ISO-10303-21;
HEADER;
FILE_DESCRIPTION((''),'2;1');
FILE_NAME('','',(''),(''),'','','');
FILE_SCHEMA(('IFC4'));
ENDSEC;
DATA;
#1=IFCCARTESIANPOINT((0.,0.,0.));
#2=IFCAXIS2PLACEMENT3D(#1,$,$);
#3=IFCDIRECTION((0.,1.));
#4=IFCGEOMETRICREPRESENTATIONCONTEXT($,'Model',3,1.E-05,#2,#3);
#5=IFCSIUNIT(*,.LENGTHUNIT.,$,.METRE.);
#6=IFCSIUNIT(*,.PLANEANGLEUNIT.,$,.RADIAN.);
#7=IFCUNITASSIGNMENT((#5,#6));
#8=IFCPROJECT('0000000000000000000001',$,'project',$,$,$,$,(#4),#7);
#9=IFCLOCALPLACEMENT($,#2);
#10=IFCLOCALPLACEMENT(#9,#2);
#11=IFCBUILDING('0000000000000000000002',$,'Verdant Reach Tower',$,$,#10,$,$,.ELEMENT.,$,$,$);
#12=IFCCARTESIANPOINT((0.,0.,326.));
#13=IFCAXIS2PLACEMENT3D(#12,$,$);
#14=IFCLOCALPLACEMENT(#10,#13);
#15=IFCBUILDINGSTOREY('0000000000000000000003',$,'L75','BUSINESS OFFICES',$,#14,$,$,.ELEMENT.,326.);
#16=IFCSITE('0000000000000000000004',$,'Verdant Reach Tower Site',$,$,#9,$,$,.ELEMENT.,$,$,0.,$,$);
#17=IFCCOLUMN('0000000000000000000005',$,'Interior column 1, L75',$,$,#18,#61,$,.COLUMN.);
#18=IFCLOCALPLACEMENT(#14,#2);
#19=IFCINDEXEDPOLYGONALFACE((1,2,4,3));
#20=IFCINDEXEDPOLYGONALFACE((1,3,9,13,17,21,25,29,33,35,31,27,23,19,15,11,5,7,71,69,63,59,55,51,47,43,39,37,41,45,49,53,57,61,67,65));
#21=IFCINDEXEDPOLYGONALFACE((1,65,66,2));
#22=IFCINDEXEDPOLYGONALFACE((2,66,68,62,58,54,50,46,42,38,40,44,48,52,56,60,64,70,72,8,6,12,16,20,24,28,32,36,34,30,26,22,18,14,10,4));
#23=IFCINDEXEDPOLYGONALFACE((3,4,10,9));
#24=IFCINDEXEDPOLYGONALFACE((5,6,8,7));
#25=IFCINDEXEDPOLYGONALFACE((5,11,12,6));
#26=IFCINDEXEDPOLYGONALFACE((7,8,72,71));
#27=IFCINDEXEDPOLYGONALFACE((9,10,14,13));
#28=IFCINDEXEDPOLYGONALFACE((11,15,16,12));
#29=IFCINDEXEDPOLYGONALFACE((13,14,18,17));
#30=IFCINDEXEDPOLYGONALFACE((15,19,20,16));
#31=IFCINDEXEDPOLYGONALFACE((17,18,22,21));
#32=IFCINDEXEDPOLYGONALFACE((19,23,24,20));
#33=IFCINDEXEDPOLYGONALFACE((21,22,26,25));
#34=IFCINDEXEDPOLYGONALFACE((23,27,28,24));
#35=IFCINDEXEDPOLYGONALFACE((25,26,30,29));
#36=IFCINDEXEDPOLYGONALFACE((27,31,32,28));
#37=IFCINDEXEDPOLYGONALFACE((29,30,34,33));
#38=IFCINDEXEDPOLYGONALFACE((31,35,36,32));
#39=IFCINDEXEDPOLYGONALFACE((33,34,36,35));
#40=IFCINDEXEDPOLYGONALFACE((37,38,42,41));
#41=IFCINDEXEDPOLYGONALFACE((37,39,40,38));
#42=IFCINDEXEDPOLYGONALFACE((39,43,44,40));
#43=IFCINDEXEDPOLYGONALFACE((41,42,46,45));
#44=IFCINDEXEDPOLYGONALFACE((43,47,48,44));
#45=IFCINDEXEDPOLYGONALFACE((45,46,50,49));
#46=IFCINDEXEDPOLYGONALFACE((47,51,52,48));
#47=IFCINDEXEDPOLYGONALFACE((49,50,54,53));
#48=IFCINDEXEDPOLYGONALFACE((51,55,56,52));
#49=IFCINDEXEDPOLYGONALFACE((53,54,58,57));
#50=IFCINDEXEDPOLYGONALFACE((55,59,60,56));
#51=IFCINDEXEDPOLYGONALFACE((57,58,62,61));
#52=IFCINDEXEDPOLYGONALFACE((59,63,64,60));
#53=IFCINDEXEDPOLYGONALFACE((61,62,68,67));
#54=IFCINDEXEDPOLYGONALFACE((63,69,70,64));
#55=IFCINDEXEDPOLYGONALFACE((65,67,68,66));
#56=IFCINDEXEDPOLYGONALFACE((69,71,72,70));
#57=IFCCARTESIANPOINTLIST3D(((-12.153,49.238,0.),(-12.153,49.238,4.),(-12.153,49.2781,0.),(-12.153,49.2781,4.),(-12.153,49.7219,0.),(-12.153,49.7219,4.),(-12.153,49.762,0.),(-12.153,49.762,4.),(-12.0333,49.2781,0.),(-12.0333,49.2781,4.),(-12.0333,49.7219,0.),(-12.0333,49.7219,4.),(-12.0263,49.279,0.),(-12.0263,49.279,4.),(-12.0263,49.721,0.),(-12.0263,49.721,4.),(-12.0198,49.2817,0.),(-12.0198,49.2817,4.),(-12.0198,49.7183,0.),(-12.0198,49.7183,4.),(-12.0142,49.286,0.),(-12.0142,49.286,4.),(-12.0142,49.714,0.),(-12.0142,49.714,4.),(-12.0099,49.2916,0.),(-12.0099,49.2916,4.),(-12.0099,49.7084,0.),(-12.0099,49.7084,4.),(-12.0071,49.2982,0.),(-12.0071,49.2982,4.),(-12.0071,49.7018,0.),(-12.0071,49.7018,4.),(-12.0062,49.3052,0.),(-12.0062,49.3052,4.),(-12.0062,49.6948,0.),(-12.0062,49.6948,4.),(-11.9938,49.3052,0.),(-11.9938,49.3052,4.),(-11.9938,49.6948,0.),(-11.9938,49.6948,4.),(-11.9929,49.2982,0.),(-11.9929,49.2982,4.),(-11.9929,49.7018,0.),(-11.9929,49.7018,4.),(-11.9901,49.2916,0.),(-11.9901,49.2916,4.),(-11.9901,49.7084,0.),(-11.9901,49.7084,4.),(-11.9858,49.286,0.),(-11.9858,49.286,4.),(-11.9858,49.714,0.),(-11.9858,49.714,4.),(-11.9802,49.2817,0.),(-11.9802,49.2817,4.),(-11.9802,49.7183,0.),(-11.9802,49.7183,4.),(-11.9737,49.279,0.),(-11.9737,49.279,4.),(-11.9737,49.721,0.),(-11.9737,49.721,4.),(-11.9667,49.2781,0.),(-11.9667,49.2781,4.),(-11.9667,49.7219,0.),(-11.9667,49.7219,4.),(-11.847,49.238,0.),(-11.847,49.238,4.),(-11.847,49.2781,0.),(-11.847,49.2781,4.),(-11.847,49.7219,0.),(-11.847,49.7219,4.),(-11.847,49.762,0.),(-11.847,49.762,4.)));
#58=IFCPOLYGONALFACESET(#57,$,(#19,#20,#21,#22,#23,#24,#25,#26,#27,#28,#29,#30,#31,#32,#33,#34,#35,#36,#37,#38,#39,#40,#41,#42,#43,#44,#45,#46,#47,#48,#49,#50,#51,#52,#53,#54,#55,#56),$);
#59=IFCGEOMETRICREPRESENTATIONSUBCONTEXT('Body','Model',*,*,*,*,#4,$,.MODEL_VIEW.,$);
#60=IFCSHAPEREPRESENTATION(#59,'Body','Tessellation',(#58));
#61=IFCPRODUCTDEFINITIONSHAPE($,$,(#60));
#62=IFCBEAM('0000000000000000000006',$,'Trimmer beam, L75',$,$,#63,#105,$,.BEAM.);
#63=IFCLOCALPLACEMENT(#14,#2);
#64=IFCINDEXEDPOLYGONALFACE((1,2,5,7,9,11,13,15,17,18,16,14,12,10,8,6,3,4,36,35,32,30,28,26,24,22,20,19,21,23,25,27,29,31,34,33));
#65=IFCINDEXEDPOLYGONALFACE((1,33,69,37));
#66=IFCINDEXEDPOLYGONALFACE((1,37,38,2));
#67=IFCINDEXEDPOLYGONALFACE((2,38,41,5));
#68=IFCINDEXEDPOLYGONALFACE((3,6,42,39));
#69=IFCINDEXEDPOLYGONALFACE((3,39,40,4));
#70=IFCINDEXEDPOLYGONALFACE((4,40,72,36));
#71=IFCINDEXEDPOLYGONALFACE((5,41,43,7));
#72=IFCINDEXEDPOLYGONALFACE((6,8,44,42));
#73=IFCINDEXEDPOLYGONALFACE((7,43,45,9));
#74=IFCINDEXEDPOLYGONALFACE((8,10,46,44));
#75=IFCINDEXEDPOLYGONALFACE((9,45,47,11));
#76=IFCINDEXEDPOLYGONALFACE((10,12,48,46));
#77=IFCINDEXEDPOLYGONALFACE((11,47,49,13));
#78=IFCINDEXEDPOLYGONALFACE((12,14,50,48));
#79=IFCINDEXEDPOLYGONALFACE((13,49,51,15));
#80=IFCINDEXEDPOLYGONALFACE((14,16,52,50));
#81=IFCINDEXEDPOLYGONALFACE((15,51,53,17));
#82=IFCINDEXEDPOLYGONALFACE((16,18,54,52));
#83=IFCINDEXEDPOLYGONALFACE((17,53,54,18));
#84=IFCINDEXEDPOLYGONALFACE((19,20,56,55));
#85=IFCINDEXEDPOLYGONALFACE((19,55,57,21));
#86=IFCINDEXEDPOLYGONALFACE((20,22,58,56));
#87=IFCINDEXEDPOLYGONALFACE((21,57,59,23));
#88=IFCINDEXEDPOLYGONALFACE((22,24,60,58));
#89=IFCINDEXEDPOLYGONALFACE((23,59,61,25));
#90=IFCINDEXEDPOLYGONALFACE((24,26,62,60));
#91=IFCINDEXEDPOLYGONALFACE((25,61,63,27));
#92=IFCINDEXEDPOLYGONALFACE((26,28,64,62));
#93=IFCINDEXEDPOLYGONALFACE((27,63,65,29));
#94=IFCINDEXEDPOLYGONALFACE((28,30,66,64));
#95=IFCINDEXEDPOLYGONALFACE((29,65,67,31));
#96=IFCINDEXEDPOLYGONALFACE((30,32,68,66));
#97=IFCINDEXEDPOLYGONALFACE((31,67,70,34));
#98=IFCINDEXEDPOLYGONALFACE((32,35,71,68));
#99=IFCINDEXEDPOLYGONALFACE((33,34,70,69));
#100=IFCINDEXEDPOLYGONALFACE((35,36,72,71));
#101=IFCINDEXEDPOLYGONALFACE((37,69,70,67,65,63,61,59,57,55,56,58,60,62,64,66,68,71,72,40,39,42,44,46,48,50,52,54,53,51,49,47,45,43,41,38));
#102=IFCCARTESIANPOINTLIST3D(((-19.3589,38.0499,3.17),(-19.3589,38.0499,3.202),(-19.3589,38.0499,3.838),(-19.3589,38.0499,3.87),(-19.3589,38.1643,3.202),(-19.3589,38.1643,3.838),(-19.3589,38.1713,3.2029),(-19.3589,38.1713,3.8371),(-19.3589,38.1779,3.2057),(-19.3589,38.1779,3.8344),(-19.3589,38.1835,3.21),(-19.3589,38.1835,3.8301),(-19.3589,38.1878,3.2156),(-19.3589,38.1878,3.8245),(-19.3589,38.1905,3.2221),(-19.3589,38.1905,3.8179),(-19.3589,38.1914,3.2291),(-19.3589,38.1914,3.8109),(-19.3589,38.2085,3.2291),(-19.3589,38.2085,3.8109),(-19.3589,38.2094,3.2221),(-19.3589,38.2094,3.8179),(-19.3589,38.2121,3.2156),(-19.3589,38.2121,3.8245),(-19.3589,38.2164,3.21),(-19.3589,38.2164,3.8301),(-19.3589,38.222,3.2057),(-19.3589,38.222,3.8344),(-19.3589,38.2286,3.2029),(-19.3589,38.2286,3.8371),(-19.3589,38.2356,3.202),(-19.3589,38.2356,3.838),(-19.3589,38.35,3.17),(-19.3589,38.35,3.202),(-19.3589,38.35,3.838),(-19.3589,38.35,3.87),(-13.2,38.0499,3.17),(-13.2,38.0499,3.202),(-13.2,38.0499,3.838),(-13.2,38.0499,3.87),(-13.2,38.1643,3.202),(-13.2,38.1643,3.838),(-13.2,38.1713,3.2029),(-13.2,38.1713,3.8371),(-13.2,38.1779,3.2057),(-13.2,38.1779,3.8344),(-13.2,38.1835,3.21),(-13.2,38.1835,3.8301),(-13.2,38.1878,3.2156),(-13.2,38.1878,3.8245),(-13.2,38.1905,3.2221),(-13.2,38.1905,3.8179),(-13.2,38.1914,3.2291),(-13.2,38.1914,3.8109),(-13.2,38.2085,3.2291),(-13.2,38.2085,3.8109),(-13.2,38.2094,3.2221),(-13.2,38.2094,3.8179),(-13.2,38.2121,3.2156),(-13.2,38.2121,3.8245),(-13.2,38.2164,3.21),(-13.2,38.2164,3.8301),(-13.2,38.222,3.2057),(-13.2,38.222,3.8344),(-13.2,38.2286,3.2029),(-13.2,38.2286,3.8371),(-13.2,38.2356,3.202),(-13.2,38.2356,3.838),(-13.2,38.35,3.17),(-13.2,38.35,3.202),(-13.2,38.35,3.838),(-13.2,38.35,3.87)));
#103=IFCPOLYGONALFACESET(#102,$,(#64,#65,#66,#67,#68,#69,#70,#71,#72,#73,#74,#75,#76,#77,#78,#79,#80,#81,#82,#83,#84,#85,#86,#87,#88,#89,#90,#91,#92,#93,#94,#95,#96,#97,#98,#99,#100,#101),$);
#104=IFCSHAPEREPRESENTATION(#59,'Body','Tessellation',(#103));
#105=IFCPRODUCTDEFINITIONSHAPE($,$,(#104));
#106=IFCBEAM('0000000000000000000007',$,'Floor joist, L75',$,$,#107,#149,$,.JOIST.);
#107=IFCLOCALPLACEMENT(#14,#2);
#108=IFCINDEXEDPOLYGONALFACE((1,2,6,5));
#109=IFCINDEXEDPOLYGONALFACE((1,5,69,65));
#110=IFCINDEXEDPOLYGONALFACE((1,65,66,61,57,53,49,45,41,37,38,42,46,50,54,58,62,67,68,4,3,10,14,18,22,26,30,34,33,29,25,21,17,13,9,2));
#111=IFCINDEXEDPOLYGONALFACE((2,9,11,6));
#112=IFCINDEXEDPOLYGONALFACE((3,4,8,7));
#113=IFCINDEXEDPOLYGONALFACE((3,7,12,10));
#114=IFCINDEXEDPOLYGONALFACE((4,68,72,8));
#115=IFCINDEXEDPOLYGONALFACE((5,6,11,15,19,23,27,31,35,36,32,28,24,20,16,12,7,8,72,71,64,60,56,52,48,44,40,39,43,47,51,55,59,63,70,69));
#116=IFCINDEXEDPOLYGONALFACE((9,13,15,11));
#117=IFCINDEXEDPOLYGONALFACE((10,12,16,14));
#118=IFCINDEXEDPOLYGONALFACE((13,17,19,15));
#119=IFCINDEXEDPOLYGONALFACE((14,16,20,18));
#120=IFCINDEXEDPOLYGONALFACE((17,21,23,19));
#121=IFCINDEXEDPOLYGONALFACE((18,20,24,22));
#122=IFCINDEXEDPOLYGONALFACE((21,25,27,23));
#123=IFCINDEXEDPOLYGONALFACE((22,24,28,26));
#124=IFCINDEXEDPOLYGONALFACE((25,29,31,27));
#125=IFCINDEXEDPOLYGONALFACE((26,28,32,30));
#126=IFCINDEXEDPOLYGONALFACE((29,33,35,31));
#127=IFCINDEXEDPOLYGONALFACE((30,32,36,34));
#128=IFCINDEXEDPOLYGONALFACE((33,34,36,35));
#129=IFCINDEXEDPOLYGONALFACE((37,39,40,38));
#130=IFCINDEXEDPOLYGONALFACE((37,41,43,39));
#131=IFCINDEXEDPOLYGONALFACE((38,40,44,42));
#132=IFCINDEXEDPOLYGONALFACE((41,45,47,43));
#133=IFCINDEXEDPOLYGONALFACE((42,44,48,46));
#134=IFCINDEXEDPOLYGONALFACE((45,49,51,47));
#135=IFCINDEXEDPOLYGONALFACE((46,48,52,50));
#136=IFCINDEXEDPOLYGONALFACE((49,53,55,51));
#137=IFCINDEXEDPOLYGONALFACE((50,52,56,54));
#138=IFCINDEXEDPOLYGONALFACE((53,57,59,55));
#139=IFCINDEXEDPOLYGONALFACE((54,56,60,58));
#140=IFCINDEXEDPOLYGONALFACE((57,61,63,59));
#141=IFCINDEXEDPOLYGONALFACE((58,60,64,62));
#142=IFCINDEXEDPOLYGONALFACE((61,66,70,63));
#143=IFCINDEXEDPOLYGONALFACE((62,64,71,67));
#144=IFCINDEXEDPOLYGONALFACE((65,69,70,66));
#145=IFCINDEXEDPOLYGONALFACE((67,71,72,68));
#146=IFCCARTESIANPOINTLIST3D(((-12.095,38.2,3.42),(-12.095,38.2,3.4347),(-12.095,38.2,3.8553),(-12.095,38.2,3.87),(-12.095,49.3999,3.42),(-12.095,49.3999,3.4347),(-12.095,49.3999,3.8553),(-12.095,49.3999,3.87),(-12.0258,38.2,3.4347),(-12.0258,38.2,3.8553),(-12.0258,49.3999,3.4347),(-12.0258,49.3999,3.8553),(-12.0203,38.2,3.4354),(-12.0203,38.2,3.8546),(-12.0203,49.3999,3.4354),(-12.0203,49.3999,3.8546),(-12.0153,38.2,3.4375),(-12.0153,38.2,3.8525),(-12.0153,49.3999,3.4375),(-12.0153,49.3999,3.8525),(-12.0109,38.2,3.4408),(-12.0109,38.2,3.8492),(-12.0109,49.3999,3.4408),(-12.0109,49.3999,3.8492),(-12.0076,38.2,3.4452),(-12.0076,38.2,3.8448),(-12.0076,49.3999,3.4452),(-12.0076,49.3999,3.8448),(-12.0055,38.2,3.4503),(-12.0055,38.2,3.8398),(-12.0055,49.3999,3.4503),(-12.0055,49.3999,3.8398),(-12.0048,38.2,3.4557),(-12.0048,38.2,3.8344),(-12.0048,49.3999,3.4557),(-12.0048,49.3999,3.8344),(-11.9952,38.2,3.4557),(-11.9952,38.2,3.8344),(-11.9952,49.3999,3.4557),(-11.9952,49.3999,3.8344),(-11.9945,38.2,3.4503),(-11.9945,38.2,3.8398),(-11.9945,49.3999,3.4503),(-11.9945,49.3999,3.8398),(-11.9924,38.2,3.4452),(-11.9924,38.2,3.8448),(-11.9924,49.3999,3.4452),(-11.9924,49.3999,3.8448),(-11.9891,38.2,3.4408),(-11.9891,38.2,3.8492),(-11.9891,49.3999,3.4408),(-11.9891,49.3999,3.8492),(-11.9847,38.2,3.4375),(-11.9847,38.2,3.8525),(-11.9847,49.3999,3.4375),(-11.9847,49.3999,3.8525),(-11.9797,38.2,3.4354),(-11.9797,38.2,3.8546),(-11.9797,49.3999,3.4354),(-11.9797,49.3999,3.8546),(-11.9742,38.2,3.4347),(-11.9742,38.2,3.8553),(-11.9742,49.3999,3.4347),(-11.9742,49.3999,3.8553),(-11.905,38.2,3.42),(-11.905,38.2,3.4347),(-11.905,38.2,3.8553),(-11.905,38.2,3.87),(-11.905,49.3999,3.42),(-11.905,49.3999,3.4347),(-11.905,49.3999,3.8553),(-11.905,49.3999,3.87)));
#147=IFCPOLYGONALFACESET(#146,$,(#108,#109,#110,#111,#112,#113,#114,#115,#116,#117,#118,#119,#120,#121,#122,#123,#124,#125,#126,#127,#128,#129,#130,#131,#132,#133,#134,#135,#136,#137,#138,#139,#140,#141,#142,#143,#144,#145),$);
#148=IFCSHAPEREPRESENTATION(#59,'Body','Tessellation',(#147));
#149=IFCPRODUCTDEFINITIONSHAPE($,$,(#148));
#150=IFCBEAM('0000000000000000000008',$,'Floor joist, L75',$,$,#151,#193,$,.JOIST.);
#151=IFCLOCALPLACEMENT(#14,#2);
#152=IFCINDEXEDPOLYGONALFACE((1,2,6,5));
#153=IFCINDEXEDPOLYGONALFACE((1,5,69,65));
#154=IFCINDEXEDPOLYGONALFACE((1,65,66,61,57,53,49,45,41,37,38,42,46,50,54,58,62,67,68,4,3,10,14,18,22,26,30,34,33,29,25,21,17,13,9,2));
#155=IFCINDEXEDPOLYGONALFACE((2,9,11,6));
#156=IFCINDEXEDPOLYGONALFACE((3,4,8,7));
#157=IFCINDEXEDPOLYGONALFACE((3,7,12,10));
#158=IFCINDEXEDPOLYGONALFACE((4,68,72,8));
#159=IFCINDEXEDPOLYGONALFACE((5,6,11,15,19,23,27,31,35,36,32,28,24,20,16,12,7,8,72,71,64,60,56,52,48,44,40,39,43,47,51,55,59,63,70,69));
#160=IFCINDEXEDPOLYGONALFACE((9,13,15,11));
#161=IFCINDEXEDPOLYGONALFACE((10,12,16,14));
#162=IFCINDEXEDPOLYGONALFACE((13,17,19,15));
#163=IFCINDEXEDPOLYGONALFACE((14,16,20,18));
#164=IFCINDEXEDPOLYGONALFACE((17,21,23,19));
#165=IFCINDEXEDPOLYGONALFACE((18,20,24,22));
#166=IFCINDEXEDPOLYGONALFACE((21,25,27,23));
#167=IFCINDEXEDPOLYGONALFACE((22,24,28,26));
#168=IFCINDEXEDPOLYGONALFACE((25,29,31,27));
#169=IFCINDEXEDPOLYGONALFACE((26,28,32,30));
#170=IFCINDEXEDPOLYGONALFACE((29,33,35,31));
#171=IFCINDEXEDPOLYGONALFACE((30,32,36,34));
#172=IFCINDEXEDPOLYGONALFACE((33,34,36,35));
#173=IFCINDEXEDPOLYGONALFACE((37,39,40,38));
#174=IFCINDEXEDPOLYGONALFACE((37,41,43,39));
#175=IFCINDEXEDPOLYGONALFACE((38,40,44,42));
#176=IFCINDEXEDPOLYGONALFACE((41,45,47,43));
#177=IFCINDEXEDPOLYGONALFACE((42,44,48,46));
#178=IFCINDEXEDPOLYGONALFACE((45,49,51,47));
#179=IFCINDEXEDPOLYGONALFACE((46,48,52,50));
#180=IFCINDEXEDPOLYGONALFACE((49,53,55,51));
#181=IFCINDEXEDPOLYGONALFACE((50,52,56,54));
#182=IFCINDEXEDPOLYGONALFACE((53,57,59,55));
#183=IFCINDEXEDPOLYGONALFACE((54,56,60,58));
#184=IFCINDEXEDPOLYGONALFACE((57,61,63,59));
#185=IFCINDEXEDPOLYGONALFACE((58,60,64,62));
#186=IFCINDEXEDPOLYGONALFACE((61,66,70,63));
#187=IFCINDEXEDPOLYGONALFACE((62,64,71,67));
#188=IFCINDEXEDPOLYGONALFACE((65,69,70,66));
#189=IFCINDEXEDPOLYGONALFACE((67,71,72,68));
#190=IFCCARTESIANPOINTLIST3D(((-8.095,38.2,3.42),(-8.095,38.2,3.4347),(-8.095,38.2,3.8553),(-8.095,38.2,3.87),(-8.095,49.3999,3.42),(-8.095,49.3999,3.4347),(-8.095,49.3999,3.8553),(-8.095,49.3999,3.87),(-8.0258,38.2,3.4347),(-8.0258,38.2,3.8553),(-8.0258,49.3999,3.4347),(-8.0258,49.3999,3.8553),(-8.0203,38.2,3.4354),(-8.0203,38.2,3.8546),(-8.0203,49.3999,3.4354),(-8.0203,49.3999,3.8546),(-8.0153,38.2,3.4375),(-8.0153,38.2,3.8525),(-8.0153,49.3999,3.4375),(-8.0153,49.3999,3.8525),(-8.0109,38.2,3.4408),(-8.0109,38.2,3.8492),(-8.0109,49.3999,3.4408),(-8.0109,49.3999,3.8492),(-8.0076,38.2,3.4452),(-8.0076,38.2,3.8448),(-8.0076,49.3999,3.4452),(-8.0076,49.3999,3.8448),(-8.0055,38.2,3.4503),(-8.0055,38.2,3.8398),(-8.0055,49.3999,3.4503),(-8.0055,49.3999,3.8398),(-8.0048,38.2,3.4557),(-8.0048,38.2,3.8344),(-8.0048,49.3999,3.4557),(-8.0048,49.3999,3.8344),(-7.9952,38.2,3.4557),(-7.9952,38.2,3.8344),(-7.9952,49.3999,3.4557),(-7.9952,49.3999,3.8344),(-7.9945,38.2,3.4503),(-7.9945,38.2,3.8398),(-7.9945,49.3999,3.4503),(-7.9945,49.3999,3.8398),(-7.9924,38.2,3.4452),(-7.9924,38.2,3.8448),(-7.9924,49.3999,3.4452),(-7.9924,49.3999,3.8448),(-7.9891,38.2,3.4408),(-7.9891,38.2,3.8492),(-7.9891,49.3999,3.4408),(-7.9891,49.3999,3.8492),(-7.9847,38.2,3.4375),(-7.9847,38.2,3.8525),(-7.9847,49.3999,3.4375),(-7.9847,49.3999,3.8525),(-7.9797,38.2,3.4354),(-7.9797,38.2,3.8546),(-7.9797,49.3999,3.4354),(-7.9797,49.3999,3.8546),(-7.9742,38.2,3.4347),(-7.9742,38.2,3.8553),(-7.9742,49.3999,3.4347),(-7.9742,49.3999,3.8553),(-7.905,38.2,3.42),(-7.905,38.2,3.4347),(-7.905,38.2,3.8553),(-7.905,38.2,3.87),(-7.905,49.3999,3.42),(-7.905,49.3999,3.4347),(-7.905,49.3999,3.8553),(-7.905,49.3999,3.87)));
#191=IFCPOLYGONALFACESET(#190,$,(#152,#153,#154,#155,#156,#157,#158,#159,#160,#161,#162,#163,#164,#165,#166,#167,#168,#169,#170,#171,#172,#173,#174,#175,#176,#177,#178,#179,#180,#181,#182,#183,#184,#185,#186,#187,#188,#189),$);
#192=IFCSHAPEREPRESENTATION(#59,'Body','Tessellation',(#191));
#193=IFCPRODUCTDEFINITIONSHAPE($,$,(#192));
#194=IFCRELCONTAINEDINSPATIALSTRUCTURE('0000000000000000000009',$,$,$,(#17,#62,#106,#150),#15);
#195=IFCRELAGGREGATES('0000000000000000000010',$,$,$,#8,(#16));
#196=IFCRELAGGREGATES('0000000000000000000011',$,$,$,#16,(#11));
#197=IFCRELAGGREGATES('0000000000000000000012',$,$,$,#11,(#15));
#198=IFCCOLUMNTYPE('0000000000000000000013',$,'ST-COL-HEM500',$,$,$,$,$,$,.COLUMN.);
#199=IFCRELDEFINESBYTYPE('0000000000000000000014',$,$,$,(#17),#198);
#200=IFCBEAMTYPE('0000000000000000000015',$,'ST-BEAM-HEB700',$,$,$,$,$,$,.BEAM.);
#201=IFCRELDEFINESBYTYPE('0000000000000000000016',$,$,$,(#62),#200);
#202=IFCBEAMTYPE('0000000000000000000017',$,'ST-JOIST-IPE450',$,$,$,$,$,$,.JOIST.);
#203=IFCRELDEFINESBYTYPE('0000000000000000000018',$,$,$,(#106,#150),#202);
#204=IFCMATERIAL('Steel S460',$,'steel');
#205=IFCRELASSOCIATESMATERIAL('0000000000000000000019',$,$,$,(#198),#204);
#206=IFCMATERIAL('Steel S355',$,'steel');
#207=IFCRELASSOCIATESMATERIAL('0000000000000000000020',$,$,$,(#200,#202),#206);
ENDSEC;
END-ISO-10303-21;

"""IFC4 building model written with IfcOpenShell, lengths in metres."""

from ifc_helpers import new_model, si_unit, direction, frame, origin, origin_2d, place, context, subcontext, project, spatial, i_section, extrude, material, material_profile, profile_set, type_object, element, save


model = new_model("IFC4")

# Units and contexts
model_context = context("Model", 3, precision=1e-05, world=origin(), true_north=direction((0.0, 1.0)))
body_context = subcontext(model_context, "Body", "Model", "MODEL_VIEW")
ifc_project = project(units=[si_unit("LENGTHUNIT", "METRE"), si_unit("PLANEANGLEUNIT", "RADIAN")], contexts=[model_context])

# Site, building, storey
site_placement = place(None, origin())
site = spatial("IfcSite", under=ifc_project, at=site_placement, Name="Verdant Reach Tower Site", CompositionType="ELEMENT", RefElevation=0.0)
building_placement = place(site_placement, origin())
building = spatial("IfcBuilding", under=site, at=building_placement, Name="Verdant Reach Tower", CompositionType="ELEMENT")
storey_placement = place(building_placement, frame((0.0, 0.0, 326.0)))
storey = spatial("IfcBuildingStorey", under=building, at=storey_placement, Name="L75", Description="BUSINESS OFFICES", CompositionType="ELEMENT", Elevation=326.0)

# Column
ifc_material_1 = material(Name="Steel S460", Category="steel")
ifc_material_profile_1 = material_profile(ifc_material_1, i_section(OverallWidth=0.3059, OverallDepth=0.5239, WebThickness=0.0125, FlangeThickness=0.04, FilletRadius=0.0271, at=origin_2d()), Name="HEM 500")
ifc_profile_set_1 = profile_set([ifc_material_profile_1], Name="Steel S460")
column_type = type_object("IfcColumnType", Name="ST-COL-HEM500", PredefinedType="COLUMN", material=ifc_profile_set_1)
column_placement = place(storey_placement, frame((-12.0, 49.5, 0.0), z_axis=(0.0, 0.0, 1.0), x_axis=(1.0, 0.0, 0.0)))
element("IfcColumn", 1, at=column_placement, inside=storey, type_object=column_type, Name="Interior column 1, L75", PredefinedType="COLUMN", context=body_context, shape_type="SweptSolid", body=[
    extrude(i_section(OverallWidth=0.3059, OverallDepth=0.5239, WebThickness=0.0125, FlangeThickness=0.04, FilletRadius=0.0271, at=origin_2d()), origin(), (0.0, 0.0, 1.0), 4.0),
])

# Beams
ifc_material_2 = material(Name="Steel S355", Category="steel")
ifc_material_profile_2 = material_profile(ifc_material_2, i_section(OverallWidth=0.3, OverallDepth=0.7, WebThickness=0.0171, FlangeThickness=0.032, FilletRadius=0.0271, at=origin_2d()), Name="HEB 700")
ifc_profile_set_2 = profile_set([ifc_material_profile_2], Name="Steel S355")
beam_type_1 = type_object("IfcBeamType", Name="ST-BEAM-HEB700", PredefinedType="BEAM", material=ifc_profile_set_2)
beam_placement = place(storey_placement, frame((-13.2, 38.2, 3.52), z_axis=(-1.0, 0.0, 0.0), x_axis=(0.0, -1.0, 0.0)))
element("IfcBeam", 2, at=beam_placement, inside=storey, type_object=beam_type_1, Name="Trimmer beam, L75", PredefinedType="BEAM", context=body_context, shape_type="SweptSolid", body=[
    extrude(i_section(OverallWidth=0.3, OverallDepth=0.7, WebThickness=0.0171, FlangeThickness=0.032, FilletRadius=0.0271, at=origin_2d()), origin(), (0.0, 0.0, 1.0), 6.1589),
])
ifc_material_profile_3 = material_profile(ifc_material_2, i_section(OverallWidth=0.1899, OverallDepth=0.45, WebThickness=0.0095, FlangeThickness=0.0146, FilletRadius=0.021, at=origin_2d()), Name="IPE 450")
ifc_profile_set_3 = profile_set([ifc_material_profile_3], Name="Steel S355")
beam_type_2 = type_object("IfcBeamType", Name="ST-JOIST-IPE450", PredefinedType="JOIST", material=ifc_profile_set_3)
for number, where, z_axis, x_axis, name in (
    (3, (-12.0, 38.2, 3.645), (0.0, 1.0, 0.0), (-1.0, 0.0, 0.0), "Floor joist, L75"),
    (4, (-8.0, 38.2, 3.645), (0.0, 1.0, 0.0), (-1.0, 0.0, 0.0), "Floor joist, L75"),
):
    element("IfcBeam", number, at=place(storey_placement, frame(where, z_axis=z_axis, x_axis=x_axis)), inside=storey, type_object=beam_type_2, Name=name, PredefinedType="JOIST", context=body_context, shape_type="SweptSolid", body=[
        extrude(i_section(OverallWidth=0.1899, OverallDepth=0.45, WebThickness=0.0095, FlangeThickness=0.0146, FilletRadius=0.021, at=origin_2d()), origin(), (0.0, 0.0, 1.0), 11.2),
    ])

save(model, "model.ifc")
